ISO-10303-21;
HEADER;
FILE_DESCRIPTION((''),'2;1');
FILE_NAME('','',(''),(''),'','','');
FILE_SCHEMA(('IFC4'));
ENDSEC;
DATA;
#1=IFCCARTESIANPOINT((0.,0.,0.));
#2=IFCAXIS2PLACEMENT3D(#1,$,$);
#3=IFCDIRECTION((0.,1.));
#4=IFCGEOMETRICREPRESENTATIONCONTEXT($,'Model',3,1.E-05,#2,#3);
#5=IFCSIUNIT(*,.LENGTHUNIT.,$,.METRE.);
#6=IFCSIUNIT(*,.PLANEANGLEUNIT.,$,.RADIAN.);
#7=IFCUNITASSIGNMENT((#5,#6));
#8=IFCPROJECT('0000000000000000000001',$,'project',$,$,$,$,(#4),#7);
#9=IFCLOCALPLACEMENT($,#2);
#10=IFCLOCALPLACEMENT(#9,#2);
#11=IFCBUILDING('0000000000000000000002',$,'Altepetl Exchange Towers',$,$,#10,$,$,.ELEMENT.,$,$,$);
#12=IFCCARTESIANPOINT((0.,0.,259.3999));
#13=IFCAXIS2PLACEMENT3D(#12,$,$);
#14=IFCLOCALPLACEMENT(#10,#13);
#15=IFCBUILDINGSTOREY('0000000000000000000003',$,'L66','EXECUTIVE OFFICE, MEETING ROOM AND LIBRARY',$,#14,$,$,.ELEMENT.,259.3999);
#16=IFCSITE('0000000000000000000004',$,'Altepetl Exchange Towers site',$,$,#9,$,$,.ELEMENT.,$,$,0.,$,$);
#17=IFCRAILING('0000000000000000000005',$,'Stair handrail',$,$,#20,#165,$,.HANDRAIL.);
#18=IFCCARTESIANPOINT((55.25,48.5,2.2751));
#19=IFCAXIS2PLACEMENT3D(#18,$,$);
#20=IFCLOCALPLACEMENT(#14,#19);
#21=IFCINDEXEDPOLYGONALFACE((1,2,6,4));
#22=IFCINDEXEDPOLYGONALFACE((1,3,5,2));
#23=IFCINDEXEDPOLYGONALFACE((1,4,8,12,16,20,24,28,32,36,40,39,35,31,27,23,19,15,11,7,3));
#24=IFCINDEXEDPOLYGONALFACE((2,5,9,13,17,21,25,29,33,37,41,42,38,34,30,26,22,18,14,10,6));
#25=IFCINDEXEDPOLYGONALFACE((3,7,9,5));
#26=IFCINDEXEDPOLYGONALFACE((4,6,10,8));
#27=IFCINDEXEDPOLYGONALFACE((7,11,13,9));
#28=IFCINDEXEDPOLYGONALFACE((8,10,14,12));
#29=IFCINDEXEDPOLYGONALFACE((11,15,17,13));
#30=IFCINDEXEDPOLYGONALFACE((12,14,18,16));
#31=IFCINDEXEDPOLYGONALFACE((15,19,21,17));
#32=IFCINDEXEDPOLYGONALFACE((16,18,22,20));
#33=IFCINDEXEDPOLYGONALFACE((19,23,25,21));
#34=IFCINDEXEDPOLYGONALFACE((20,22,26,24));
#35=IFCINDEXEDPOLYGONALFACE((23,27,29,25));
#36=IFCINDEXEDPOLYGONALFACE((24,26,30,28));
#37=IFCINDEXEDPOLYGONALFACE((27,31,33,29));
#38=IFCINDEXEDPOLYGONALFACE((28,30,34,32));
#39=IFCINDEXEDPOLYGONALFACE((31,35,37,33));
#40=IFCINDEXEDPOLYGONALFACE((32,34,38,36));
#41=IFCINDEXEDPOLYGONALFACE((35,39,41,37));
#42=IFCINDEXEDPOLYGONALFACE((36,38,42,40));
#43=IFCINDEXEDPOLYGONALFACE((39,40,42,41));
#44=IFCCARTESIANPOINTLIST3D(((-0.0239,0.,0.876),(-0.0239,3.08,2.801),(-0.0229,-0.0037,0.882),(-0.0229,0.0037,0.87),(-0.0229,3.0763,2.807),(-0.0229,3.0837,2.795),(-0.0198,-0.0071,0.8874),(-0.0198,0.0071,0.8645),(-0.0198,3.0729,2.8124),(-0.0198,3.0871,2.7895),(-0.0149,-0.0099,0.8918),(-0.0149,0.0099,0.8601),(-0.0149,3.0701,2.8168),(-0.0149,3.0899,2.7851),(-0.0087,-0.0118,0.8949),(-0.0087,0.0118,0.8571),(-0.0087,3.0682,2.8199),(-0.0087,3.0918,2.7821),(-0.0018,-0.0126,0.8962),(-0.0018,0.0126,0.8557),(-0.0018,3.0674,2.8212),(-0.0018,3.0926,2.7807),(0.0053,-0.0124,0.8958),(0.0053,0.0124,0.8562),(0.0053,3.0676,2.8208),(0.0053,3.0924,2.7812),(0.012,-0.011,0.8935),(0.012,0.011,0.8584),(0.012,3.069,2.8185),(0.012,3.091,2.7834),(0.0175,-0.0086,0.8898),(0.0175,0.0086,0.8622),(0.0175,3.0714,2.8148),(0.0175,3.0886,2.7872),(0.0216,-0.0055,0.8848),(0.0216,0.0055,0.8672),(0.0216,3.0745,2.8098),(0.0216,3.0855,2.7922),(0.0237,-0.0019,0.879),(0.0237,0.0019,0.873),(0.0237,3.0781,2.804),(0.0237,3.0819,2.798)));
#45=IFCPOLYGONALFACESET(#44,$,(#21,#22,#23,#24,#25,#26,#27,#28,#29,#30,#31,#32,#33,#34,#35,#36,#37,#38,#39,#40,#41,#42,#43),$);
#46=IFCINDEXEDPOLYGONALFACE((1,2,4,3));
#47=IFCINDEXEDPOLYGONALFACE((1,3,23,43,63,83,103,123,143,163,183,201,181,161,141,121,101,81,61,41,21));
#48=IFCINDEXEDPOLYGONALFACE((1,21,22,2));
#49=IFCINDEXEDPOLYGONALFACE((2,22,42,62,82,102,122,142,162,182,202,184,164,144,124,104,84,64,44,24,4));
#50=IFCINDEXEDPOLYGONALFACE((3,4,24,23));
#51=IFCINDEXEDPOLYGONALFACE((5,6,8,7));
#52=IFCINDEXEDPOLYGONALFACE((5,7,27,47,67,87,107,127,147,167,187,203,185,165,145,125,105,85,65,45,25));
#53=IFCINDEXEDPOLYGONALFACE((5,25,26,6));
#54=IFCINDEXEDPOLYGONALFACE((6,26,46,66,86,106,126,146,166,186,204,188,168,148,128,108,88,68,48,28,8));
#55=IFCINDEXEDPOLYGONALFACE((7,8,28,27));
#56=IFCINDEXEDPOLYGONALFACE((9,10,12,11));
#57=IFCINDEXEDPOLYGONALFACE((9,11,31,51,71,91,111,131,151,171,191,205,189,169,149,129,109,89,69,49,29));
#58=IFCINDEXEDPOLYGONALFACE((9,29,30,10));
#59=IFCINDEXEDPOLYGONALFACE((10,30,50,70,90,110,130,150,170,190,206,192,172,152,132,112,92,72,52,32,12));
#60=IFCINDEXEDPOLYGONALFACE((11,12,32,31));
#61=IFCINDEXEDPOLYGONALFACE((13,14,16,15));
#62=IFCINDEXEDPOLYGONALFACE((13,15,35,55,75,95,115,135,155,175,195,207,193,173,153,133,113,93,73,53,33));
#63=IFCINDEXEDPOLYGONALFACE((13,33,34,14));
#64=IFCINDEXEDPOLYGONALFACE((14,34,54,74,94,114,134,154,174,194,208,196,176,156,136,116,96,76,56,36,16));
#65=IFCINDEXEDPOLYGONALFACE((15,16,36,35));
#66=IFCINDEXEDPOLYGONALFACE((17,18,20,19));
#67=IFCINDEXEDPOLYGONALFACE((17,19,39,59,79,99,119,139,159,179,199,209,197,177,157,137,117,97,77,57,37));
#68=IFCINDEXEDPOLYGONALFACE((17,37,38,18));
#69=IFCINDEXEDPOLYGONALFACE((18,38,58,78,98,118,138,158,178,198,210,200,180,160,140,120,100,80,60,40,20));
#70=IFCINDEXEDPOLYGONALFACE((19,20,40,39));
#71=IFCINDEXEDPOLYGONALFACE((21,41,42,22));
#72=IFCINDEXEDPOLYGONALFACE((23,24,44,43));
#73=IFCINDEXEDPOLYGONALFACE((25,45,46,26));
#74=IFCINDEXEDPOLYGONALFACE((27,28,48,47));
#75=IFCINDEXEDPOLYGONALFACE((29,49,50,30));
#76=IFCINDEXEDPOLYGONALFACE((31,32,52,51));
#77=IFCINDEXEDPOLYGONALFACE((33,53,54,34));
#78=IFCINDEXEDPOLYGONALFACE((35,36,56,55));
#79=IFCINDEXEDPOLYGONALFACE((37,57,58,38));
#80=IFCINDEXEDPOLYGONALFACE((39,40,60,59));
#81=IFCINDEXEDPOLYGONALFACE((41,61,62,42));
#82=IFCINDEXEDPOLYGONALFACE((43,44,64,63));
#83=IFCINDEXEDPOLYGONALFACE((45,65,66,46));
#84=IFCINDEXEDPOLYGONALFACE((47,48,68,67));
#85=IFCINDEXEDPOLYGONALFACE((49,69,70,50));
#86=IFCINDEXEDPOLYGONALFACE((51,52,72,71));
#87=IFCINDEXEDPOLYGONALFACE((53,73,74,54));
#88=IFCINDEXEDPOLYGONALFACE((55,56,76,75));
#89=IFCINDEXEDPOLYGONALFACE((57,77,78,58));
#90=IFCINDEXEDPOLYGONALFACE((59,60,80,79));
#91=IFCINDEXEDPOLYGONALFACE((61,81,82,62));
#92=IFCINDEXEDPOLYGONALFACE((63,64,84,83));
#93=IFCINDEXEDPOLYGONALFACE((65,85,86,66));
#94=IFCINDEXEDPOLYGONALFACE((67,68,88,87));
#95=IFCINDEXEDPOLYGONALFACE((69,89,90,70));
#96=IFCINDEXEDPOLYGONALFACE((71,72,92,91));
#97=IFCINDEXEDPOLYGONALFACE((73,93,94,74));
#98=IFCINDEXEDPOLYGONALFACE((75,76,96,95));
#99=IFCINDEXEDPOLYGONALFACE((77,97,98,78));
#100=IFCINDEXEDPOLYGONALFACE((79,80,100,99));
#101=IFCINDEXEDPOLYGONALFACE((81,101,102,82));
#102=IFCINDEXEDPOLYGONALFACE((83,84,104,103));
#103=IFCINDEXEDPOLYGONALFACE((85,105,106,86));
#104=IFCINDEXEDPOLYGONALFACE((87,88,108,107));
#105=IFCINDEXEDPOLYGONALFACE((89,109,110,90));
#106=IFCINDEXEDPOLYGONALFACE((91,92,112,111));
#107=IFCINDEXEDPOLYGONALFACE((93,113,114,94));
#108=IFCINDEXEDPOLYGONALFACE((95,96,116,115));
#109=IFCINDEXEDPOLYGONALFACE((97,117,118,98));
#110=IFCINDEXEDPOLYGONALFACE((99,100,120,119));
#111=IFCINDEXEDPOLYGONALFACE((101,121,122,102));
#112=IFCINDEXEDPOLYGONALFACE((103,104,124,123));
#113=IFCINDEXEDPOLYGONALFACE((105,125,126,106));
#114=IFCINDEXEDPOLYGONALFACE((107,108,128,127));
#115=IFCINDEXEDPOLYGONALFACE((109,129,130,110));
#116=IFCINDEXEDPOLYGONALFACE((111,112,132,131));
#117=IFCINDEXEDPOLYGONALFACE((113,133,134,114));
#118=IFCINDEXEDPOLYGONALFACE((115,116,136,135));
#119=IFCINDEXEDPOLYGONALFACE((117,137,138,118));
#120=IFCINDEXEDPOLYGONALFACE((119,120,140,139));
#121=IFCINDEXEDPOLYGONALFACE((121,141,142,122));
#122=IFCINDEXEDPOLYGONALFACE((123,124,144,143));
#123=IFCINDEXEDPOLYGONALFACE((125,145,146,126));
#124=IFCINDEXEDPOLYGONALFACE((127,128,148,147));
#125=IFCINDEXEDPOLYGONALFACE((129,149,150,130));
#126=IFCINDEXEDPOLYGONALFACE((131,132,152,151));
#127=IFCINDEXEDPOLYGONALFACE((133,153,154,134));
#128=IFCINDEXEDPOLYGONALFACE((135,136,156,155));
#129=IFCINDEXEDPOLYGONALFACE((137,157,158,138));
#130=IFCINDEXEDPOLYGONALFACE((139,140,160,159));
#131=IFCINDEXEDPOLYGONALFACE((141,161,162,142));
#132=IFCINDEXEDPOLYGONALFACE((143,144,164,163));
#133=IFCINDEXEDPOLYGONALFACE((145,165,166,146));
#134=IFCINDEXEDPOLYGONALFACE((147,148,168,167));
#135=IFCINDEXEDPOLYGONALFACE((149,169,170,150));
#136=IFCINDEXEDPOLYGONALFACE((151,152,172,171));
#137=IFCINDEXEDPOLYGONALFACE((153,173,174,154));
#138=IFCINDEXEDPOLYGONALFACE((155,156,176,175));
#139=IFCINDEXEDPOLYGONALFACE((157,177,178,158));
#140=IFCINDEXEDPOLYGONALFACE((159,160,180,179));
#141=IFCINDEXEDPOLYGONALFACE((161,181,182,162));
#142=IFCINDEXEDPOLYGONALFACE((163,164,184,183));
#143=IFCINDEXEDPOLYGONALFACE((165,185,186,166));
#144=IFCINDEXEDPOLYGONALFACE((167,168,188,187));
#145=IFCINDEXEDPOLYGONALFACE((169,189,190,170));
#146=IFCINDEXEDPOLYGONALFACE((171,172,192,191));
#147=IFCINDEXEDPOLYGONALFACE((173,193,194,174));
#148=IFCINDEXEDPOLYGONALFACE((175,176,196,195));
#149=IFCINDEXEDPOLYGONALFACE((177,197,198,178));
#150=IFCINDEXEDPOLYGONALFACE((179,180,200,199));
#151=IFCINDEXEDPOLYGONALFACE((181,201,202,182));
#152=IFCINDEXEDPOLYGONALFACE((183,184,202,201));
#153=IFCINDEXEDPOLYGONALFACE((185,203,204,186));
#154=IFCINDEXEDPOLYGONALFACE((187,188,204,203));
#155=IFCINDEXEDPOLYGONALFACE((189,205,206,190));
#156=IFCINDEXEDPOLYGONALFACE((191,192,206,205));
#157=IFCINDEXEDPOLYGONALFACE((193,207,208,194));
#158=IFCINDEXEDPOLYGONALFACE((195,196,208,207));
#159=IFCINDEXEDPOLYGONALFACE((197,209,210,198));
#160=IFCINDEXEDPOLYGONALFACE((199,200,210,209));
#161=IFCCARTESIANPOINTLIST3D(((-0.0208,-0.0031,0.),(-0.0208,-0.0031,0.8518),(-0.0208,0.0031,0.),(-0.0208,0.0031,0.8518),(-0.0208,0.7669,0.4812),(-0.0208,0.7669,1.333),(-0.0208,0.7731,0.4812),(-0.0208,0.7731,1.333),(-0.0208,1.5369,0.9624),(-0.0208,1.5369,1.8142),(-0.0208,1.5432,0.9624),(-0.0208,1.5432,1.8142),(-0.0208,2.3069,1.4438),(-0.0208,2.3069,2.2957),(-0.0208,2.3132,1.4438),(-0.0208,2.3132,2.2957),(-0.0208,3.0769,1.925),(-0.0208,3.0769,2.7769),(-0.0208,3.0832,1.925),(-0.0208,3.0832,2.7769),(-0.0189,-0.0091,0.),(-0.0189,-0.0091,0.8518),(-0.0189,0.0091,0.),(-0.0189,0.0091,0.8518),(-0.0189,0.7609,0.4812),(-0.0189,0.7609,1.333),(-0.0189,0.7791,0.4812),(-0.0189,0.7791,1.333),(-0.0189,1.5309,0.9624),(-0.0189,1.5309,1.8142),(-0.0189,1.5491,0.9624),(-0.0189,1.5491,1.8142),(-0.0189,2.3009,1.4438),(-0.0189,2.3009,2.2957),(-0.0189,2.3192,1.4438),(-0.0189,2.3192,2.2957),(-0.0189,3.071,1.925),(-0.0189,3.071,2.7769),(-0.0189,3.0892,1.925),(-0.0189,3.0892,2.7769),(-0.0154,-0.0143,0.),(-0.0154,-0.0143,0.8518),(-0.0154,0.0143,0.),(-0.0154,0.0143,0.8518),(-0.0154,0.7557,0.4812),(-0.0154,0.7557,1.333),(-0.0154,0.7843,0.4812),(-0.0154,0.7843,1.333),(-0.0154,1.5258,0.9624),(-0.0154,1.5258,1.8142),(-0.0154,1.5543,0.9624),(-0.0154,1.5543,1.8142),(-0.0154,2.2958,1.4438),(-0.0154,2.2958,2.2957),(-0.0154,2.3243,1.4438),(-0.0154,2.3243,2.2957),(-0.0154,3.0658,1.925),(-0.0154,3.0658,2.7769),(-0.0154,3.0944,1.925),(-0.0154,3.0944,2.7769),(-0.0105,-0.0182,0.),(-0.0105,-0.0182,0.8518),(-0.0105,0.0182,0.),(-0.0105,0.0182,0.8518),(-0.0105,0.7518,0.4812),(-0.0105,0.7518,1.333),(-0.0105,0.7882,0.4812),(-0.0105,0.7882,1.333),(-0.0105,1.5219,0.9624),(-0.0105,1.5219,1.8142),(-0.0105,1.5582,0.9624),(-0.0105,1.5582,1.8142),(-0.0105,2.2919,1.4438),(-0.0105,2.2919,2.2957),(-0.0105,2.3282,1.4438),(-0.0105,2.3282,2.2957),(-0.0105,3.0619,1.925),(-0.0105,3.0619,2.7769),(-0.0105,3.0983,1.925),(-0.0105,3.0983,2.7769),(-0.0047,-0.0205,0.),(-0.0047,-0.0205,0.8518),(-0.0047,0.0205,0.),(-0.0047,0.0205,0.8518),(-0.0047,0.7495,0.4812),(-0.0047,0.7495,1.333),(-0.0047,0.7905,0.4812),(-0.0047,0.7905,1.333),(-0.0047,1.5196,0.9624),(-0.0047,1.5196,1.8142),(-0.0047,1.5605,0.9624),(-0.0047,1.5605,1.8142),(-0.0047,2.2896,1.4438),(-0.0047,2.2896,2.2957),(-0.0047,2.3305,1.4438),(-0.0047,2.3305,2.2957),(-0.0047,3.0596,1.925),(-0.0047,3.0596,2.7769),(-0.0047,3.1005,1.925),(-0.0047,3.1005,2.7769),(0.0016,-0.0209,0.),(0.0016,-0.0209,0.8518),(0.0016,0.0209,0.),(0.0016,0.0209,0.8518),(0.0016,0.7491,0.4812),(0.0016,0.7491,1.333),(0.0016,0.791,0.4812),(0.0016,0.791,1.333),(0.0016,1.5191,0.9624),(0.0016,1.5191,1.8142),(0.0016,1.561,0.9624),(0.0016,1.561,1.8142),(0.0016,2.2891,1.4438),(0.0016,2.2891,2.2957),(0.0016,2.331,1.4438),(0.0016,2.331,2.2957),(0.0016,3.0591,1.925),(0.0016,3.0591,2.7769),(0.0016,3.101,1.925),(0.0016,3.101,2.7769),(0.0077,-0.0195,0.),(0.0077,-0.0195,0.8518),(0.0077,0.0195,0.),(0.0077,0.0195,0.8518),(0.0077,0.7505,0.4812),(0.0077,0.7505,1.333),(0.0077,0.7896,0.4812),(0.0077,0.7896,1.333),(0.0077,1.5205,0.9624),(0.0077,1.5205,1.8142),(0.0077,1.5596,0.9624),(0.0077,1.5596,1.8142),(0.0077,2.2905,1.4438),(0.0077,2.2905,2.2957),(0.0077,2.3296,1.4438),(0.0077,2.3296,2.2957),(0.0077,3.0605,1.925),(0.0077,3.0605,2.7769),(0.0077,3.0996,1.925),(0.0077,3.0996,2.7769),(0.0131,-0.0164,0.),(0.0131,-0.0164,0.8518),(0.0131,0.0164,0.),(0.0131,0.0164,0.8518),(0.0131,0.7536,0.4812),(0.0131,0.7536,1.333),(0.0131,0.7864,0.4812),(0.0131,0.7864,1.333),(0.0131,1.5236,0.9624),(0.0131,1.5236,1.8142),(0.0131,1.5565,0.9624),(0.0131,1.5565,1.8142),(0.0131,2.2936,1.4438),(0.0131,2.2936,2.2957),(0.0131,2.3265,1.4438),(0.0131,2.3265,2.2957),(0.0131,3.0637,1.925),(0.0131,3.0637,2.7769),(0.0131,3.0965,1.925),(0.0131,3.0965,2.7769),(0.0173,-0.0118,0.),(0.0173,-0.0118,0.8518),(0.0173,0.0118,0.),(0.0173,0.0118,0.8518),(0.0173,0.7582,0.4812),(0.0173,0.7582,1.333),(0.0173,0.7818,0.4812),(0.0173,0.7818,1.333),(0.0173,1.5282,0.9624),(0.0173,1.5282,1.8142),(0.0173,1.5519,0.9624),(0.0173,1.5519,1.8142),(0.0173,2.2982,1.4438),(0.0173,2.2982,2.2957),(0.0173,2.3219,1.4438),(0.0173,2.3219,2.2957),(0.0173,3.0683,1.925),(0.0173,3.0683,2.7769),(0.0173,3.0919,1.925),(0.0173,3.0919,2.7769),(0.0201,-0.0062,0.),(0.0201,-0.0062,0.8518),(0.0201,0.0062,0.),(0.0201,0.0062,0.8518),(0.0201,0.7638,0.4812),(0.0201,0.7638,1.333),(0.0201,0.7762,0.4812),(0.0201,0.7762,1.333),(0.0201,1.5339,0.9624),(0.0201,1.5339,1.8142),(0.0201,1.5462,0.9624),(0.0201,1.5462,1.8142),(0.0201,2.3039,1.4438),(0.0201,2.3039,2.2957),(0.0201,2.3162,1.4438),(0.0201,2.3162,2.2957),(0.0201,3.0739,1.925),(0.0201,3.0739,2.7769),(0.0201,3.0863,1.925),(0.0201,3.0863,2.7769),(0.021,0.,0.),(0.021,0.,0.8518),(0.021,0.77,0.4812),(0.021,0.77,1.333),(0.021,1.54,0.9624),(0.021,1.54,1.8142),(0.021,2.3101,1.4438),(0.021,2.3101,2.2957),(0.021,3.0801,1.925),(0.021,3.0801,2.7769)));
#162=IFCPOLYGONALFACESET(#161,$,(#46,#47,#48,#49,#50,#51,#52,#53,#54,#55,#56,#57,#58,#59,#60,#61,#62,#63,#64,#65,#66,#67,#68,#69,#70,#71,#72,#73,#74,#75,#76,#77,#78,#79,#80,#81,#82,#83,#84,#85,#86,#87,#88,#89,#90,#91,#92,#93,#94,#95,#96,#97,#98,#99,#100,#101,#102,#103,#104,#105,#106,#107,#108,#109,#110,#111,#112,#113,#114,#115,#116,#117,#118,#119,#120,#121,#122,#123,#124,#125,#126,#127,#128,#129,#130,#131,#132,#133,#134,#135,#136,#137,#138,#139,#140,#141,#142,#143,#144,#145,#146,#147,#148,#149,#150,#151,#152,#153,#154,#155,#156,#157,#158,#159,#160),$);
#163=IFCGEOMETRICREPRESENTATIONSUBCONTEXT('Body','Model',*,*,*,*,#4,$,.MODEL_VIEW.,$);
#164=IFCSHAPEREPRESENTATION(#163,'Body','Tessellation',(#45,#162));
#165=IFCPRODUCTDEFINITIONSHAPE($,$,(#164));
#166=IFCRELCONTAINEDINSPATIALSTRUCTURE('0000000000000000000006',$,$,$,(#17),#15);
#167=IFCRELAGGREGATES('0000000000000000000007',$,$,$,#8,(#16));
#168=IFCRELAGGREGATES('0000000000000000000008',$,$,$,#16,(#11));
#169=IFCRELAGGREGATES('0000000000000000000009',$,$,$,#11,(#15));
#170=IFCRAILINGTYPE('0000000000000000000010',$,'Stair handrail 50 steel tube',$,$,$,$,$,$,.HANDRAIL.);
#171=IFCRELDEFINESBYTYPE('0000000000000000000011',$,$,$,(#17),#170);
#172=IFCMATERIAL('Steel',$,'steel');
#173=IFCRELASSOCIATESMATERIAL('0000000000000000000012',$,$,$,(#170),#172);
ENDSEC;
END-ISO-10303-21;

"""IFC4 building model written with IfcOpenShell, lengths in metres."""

from ifc_helpers import new_model, si_unit, direction, frame, origin, origin_2d, place, context, subcontext, project, spatial, circle, extrude, source, transform, mapped, material, type_object, element, save


model = new_model("IFC4")

# Units and contexts
model_context = context("Model", 3, precision=1e-05, world=origin(), true_north=direction((0.0, 1.0)))
body_context = subcontext(model_context, "Body", "Model", "MODEL_VIEW")
ifc_project = project(units=[si_unit("LENGTHUNIT", "METRE"), si_unit("PLANEANGLEUNIT", "RADIAN")], contexts=[model_context])

# Site, building, storey
site_placement = place(None, origin())
site = spatial("IfcSite", under=ifc_project, at=site_placement, Name="Altepetl Exchange Towers site", CompositionType="ELEMENT", RefElevation=0.0)
building_placement = place(site_placement, origin())
building = spatial("IfcBuilding", under=site, at=building_placement, Name="Altepetl Exchange Towers", CompositionType="ELEMENT")
storey_placement = place(building_placement, frame((0.0, 0.0, 259.3999)))
storey = spatial("IfcBuildingStorey", under=building, at=storey_placement, Name="L66", Description="EXECUTIVE OFFICE, MEETING ROOM AND LIBRARY", CompositionType="ELEMENT", Elevation=259.3999)

# Railing
ifc_material_1 = material(Name="Steel", Category="steel")
railing_type_1 = type_object("IfcRailingType", Name="Stair handrail 50 steel tube", PredefinedType="HANDRAIL", material=ifc_material_1)
shared_shape_1 = source(origin(), body_context, "Body", "SweptSolid", [
    extrude(circle(Radius=0.021, at=origin_2d()), origin(), (0.0, 0.0, 1.0), 0.8518),
])
for number, where, name in (
    (1, (55.25, 48.5, 2.2751), "Stair handrail"),
):
    element("IfcRailing", number, at=place(storey_placement, frame(where)), inside=storey, type_object=railing_type_1, Name=name, PredefinedType="HANDRAIL", context=body_context, shape_type="SweptSolid", body=[
        extrude(circle(Radius=0.0239, at=origin_2d()), frame((0.0, 0.0, 0.876), z_axis=(0.0, 0.847998, 0.529999), x_axis=(-1.0, 0.0, 0.0)), (0.0, 0.0, 1.0), 3.6321),
        mapped(shared_shape_1, transform((0.0, 0.0, 0.0))),
        mapped(shared_shape_1, transform((0.0, 0.77, 0.4812))),
        mapped(shared_shape_1, transform((0.0, 1.54, 0.9624))),
        mapped(shared_shape_1, transform((0.0, 2.3101, 1.4438))),
        mapped(shared_shape_1, transform((0.0, 3.0801, 1.925))),
    ])

save(model, "model.ifc")
